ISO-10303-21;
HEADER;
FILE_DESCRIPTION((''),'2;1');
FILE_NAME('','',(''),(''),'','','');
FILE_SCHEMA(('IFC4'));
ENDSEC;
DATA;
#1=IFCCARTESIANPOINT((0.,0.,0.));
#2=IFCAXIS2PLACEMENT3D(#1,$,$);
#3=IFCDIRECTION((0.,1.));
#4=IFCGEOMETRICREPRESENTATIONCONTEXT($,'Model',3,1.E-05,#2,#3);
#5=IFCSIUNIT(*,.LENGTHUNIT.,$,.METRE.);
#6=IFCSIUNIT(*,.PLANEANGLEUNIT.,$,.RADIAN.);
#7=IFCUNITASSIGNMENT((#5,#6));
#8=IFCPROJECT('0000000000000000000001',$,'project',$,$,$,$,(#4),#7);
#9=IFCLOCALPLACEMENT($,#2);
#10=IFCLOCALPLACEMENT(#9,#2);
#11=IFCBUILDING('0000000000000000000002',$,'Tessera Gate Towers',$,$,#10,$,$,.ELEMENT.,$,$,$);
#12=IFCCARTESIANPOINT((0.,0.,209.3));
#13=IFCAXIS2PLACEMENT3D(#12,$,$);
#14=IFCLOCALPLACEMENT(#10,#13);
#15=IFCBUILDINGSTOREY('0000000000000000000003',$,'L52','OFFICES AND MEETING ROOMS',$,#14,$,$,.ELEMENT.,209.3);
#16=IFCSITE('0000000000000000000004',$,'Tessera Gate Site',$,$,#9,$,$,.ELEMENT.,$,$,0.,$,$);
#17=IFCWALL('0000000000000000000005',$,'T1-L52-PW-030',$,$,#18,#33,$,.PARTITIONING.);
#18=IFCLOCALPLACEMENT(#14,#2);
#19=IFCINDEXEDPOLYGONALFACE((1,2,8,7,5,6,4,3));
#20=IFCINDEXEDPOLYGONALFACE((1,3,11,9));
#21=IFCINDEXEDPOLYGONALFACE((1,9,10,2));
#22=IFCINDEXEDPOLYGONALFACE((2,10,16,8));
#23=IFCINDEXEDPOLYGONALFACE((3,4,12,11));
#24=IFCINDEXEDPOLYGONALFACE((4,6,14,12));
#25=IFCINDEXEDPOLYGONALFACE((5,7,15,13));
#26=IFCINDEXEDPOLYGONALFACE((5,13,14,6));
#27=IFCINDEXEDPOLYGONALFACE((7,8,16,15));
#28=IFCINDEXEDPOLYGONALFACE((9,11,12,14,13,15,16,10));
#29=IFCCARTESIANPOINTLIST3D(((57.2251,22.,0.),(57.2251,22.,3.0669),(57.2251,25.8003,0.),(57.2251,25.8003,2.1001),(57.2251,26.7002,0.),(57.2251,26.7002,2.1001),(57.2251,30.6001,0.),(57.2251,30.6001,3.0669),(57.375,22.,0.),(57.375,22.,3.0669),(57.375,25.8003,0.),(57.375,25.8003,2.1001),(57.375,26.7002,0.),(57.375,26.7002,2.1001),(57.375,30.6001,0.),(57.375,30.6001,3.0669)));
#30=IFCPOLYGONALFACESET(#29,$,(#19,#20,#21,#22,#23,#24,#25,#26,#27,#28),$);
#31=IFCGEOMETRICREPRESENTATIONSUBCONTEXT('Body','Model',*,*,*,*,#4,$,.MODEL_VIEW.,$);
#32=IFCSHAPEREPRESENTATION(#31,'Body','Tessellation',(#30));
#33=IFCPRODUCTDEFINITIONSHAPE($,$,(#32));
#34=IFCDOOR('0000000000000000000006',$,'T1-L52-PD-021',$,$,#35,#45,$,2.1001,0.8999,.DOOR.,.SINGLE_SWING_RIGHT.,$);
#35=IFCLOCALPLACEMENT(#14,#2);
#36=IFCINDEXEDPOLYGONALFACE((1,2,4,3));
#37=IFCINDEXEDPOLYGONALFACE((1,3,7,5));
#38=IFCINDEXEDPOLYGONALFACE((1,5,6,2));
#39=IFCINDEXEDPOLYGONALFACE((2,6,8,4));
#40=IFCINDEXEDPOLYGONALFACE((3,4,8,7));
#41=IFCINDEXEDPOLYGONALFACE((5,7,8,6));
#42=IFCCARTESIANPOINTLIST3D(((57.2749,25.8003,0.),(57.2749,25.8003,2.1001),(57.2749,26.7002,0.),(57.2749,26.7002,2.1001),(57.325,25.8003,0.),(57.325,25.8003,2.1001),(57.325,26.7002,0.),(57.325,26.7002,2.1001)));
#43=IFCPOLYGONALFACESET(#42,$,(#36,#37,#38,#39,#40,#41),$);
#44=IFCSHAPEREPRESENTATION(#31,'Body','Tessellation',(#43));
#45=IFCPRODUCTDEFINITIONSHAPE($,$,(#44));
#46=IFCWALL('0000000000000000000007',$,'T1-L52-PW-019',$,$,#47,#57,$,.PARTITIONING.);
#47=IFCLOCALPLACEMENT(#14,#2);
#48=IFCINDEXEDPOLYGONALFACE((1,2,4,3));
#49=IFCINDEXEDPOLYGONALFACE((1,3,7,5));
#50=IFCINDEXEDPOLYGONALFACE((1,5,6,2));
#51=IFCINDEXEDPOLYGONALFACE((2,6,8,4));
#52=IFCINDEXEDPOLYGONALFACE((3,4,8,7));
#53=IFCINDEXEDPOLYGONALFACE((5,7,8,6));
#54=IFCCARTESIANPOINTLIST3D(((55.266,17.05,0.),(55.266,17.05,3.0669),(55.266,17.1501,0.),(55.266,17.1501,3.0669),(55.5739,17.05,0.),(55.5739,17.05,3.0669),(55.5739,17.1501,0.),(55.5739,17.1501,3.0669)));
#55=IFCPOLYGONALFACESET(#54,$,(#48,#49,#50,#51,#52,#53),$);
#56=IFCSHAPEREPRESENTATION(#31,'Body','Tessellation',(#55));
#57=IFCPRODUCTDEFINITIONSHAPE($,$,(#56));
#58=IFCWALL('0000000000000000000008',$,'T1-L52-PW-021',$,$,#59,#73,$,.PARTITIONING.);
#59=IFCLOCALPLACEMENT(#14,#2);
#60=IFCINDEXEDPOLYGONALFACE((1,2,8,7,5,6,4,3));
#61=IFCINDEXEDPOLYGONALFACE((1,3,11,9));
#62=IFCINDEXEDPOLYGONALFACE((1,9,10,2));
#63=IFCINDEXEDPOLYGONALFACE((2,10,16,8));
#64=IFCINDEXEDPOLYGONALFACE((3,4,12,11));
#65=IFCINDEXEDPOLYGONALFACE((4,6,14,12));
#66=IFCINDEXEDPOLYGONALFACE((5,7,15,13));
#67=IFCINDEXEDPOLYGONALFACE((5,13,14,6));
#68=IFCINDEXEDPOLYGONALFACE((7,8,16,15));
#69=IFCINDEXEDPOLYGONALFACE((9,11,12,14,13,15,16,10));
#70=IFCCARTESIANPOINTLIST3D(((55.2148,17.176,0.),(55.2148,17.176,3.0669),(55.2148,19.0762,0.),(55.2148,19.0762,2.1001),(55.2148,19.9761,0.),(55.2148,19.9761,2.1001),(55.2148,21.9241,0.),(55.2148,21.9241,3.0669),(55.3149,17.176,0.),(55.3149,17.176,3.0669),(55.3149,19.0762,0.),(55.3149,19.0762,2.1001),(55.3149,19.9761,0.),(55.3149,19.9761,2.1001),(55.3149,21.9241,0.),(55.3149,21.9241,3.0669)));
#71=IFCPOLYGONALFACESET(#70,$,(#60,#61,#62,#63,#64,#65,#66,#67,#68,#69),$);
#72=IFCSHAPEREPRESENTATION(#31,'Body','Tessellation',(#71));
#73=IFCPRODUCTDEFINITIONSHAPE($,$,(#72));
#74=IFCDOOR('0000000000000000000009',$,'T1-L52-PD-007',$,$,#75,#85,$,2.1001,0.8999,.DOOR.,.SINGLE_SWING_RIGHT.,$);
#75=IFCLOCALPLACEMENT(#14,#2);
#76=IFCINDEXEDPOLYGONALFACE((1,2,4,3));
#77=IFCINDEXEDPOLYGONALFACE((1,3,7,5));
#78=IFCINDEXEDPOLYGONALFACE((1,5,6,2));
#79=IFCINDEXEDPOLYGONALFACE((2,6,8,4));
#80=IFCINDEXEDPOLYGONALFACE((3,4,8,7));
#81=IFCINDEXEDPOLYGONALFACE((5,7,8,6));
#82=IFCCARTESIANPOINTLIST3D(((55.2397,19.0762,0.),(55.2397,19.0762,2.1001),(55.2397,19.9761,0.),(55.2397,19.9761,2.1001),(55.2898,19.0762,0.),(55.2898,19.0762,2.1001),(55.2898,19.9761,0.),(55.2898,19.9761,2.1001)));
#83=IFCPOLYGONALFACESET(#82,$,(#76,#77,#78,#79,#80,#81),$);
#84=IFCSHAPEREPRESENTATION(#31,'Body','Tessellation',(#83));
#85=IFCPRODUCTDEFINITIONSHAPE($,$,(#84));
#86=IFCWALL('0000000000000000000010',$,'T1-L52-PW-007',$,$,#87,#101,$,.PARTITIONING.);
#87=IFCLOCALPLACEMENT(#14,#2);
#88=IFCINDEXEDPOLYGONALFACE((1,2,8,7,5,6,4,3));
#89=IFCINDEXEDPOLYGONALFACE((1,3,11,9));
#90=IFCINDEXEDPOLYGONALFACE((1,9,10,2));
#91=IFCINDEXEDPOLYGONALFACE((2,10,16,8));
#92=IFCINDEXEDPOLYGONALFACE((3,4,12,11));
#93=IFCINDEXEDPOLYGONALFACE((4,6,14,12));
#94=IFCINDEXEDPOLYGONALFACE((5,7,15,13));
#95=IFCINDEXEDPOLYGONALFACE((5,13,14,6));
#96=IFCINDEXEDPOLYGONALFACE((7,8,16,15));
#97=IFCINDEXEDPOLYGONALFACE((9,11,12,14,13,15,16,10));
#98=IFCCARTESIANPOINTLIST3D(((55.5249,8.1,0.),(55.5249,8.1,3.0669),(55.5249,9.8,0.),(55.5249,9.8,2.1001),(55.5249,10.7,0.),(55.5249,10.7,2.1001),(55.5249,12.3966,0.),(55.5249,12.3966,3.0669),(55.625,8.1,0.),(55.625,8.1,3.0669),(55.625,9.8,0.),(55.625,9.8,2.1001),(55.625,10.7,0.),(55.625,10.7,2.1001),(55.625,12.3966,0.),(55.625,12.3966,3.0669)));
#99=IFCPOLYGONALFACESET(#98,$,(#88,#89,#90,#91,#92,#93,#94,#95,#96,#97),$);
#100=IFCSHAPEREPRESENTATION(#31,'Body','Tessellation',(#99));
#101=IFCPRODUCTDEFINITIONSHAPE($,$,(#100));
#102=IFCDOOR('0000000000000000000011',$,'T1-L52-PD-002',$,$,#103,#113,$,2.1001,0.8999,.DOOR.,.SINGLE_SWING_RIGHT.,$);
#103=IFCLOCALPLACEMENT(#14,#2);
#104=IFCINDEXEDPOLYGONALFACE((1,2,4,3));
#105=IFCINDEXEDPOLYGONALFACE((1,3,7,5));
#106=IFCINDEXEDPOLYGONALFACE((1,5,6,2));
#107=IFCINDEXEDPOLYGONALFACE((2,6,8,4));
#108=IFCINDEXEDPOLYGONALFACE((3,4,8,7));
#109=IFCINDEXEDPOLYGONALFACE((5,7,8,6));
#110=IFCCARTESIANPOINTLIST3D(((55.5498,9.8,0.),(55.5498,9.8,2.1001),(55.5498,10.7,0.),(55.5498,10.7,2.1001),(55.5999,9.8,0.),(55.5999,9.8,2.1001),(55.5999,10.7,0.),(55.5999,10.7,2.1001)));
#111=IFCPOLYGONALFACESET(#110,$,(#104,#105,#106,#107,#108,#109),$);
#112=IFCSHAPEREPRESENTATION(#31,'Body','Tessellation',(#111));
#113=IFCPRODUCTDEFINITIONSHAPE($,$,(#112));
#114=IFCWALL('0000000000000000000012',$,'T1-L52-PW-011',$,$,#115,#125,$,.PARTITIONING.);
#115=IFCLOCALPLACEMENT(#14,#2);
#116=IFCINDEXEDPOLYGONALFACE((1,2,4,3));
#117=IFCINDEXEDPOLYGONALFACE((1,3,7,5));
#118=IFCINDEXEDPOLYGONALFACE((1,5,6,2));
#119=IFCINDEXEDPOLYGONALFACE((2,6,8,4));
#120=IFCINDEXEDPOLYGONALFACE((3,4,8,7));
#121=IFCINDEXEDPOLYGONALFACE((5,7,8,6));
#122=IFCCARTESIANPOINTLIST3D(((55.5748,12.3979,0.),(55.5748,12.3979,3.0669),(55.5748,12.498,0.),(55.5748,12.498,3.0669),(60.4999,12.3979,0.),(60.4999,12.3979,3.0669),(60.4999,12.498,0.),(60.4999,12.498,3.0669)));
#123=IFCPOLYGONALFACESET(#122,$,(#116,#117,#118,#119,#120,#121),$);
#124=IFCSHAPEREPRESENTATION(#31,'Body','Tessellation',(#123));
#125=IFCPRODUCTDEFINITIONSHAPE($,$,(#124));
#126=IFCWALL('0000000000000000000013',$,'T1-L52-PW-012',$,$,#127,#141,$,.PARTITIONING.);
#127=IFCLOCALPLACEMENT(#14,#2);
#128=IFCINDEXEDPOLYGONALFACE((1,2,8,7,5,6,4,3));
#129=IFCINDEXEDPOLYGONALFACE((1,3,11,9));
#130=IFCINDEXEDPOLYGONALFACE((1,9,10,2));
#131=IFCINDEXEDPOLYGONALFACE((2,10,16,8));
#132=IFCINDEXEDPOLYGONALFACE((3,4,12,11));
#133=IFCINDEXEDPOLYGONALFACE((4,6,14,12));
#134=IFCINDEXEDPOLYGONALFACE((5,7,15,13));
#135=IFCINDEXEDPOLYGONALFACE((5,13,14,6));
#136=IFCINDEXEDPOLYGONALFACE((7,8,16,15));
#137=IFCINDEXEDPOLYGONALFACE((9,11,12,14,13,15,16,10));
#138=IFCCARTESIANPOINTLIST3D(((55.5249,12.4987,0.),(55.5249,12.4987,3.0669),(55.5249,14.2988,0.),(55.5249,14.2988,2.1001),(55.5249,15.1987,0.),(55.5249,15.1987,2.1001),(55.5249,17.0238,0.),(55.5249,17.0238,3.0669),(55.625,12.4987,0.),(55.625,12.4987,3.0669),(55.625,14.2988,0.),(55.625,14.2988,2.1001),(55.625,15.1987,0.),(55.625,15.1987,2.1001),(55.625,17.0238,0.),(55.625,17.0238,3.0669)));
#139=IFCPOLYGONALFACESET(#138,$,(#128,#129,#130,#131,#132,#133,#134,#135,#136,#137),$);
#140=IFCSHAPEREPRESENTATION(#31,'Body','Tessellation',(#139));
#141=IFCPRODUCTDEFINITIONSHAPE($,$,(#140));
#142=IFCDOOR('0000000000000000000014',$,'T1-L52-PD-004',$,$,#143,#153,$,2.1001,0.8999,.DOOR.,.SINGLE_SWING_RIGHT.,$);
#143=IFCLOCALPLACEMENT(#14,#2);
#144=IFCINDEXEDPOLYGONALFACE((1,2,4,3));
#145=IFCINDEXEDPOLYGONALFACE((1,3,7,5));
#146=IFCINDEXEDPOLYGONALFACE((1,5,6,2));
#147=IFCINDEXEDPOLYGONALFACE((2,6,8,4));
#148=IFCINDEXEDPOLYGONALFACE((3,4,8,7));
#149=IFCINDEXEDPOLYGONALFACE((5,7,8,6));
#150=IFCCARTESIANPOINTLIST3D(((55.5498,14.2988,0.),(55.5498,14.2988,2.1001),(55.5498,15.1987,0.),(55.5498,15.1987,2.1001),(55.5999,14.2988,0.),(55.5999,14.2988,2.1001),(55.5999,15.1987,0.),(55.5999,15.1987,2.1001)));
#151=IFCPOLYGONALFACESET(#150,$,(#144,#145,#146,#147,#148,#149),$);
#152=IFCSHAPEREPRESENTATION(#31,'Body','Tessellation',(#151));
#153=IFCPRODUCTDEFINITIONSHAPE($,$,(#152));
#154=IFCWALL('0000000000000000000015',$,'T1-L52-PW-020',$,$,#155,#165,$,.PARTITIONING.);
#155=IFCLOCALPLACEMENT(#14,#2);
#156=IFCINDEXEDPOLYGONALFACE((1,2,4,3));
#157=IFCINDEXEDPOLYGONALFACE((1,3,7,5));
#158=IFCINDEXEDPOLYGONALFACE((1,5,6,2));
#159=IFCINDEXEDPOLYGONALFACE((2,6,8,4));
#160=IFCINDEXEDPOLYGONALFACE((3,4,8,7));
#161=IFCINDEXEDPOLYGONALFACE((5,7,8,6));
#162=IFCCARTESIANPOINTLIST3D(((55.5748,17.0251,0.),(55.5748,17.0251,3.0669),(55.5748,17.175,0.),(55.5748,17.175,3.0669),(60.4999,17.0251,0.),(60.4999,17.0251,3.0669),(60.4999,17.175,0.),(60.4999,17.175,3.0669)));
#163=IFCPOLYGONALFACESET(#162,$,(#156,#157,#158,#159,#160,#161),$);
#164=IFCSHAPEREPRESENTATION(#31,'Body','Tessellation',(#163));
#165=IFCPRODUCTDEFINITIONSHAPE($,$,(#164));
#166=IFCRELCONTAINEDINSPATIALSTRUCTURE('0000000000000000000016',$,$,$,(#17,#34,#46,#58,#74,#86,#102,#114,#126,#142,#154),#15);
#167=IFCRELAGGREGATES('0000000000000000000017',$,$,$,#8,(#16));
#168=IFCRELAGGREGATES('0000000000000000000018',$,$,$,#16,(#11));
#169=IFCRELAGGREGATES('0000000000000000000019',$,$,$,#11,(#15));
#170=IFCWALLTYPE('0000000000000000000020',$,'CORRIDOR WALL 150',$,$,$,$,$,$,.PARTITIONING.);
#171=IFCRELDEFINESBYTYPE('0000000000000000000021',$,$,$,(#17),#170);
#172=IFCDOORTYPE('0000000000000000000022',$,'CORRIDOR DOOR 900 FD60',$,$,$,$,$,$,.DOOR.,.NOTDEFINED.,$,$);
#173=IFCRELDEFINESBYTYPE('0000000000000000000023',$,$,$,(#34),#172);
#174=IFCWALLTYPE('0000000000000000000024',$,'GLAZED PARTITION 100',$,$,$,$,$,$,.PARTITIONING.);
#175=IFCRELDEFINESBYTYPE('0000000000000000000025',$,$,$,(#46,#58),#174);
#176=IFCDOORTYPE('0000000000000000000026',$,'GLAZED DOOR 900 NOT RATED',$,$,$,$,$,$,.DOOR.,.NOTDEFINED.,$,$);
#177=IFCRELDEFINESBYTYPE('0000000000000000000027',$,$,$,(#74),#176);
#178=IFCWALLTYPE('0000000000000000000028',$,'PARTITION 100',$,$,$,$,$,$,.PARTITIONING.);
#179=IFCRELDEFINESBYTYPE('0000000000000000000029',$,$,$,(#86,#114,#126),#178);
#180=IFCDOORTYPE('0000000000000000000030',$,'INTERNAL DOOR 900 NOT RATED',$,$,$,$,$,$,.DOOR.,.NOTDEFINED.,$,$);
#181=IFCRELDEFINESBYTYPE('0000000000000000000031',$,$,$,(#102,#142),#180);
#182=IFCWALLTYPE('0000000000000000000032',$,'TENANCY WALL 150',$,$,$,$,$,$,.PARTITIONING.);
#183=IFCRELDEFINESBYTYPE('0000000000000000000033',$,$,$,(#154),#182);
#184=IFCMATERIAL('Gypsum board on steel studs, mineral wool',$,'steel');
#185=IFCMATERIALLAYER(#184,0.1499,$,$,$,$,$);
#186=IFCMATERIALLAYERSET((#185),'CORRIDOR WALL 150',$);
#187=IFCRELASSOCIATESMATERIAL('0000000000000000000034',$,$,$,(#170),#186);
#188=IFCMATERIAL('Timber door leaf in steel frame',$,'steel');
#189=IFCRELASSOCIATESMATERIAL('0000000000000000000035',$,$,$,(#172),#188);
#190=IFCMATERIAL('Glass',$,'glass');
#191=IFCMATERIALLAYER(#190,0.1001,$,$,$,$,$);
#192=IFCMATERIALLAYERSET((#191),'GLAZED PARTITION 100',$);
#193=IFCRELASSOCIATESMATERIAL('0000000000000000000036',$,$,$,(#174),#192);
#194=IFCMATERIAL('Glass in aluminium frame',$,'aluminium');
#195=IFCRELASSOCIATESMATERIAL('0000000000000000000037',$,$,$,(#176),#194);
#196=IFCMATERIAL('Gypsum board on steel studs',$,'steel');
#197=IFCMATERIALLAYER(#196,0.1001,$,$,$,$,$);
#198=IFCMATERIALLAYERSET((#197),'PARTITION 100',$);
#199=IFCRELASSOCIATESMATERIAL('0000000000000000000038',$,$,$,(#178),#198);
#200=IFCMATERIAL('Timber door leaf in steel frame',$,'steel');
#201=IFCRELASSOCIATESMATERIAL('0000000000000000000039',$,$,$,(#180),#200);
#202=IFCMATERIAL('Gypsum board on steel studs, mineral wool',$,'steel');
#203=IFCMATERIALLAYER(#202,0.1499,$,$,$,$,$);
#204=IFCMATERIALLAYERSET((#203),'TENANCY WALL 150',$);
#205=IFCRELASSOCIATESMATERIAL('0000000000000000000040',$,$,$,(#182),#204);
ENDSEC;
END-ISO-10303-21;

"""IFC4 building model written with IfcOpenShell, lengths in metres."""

from ifc_helpers import new_model, si_unit, direction, frame, frame_2d, origin, place, context, subcontext, project, spatial, rectangle, extrude, source, transform, mapped, material, layer, layer_set, type_object, element, fill, save


model = new_model("IFC4")

# Units and contexts
model_context = context("Model", 3, precision=1e-05, world=origin(), true_north=direction((0.0, 1.0)))
body_context = subcontext(model_context, "Body", "Model", "MODEL_VIEW")
ifc_project = project(units=[si_unit("LENGTHUNIT", "METRE"), si_unit("PLANEANGLEUNIT", "RADIAN")], contexts=[model_context])

# Site, building, storey
site_placement = place(None, origin())
site = spatial("IfcSite", under=ifc_project, at=site_placement, Name="Tessera Gate Site", CompositionType="ELEMENT", RefElevation=0.0)
building_placement = place(site_placement, origin())
building = spatial("IfcBuilding", under=site, at=building_placement, Name="Tessera Gate Towers", CompositionType="ELEMENT")
storey_placement = place(building_placement, frame((0.0, 0.0, 209.3)))
storey = spatial("IfcBuildingStorey", under=building, at=storey_placement, Name="L52", Description="OFFICES AND MEETING ROOMS", CompositionType="ELEMENT", Elevation=209.3)

# Wall, opening, door
ifc_material_1 = material(Name="Gypsum board on steel studs, mineral wool", Category="steel")
ifc_layer_1 = layer(ifc_material_1, 0.1499)
ifc_layer_set_1 = layer_set([ifc_layer_1], Name="CORRIDOR WALL 150")
wall_type_1 = type_object("IfcWallType", Name="CORRIDOR WALL 150", PredefinedType="PARTITIONING", material=ifc_layer_set_1)
wall_1_placement = place(storey_placement, frame((57.3, 30.6001, 0.0), z_axis=(0.0, 0.0, 1.0), x_axis=(0.0, -1.0, 0.0)))
wall_1 = element("IfcWall", 1, at=wall_1_placement, inside=storey, type_object=wall_type_1, Name="T1-L52-PW-030", PredefinedType="PARTITIONING", context=body_context, shape_type="SweptSolid", body=[
    extrude(rectangle(XDim=8.6001, YDim=0.1499, at=frame_2d((4.3, 0.0))), origin(), (0.0, 0.0, 1.0), 3.0669),
])
shared_shape_1 = source(origin(), body_context, "Body", "SweptSolid", [
    extrude(rectangle(XDim=0.8999, YDim=2.1001, at=frame_2d((0.45, 1.05))), frame((0.0, 0.085, 0.0), z_axis=(0.0, -1.0, 0.0), x_axis=(1.0, 0.0, 0.0)), (0.0, 0.0, 1.0), 0.1699),
])
opening_1_placement = place(wall_1_placement, frame((3.8999, 0.0, 0.0)))
opening_1 = element("IfcOpeningElement", 2, at=opening_1_placement, cuts=wall_1, PredefinedType="OPENING", context=body_context, shape_type="MappedRepresentation", body=[
    mapped(shared_shape_1, transform((0.0, 0.0, 0.0), scale=1.0)),
])
ifc_material_2 = material(Name="Timber door leaf in steel frame", Category="steel")
door_type_1 = type_object("IfcDoorType", Name="CORRIDOR DOOR 900 FD60", OperationType="NOTDEFINED", PredefinedType="DOOR", material=ifc_material_2)
shared_shape_2 = source(origin(), body_context, "Body", "SweptSolid", [
    extrude(rectangle(XDim=0.8999, YDim=2.1001, at=frame_2d((0.45, 1.05))), frame((0.0, 0.0249, 0.0), z_axis=(0.0, -1.0, 0.0), x_axis=(1.0, 0.0, 0.0)), (0.0, 0.0, 1.0), 0.05),
])
door_1_placement = place(opening_1_placement, origin())
door_1 = element("IfcDoor", 3, at=door_1_placement, inside=storey, type_object=door_type_1, Name="T1-L52-PD-021", OperationType="SINGLE_SWING_RIGHT", OverallHeight=2.1001, OverallWidth=0.8999, PredefinedType="DOOR", context=body_context, shape_type="MappedRepresentation", body=[
    mapped(shared_shape_2, transform((0.0, 0.0, 0.0), scale=1.0)),
])
fill(opening_1, door_1)

# Wall
ifc_material_3 = material(Name="Glass", Category="glass")
ifc_layer_2 = layer(ifc_material_3, 0.1001)
ifc_layer_set_2 = layer_set([ifc_layer_2], Name="GLAZED PARTITION 100")
wall_type_2 = type_object("IfcWallType", Name="GLAZED PARTITION 100", PredefinedType="PARTITIONING", material=ifc_layer_set_2)
wall_2_placement = place(storey_placement, frame((55.2661, 17.1001, 0.0), z_axis=(0.0, 0.0, 1.0), x_axis=(1.0, 0.0, 0.0)))
element("IfcWall", 4, at=wall_2_placement, inside=storey, type_object=wall_type_2, Name="T1-L52-PW-019", PredefinedType="PARTITIONING", context=body_context, shape_type="SweptSolid", body=[
    extrude(rectangle(XDim=0.3079, YDim=0.1001, at=frame_2d((0.1538, 0.0))), origin(), (0.0, 0.0, 1.0), 3.0669),
])

# Walls, openings, doors
wall_3_placement = place(storey_placement, frame((55.2649, 21.9241, 0.0), z_axis=(0.0, 0.0, 1.0), x_axis=(0.0, -1.0, 0.0)))
wall_3 = element("IfcWall", 5, at=wall_3_placement, inside=storey, type_object=wall_type_2, Name="T1-L52-PW-021", PredefinedType="PARTITIONING", context=body_context, shape_type="SweptSolid", body=[
    extrude(rectangle(XDim=4.748, YDim=0.1001, at=frame_2d((2.374, 0.0))), origin(), (0.0, 0.0, 1.0), 3.0669),
])
shared_shape_3 = source(origin(), body_context, "Body", "SweptSolid", [
    extrude(rectangle(XDim=0.8999, YDim=2.1001, at=frame_2d((0.45, 1.05))), frame((0.0, 0.0601, 0.0), z_axis=(0.0, -1.0, 0.0), x_axis=(1.0, 0.0, 0.0)), (0.0, 0.0, 1.0), 0.1201),
])
opening_2_placement = place(wall_3_placement, frame((1.948, 0.0, 0.0)))
opening_2 = element("IfcOpeningElement", 6, at=opening_2_placement, cuts=wall_3, PredefinedType="OPENING", context=body_context, shape_type="MappedRepresentation", body=[
    mapped(shared_shape_3, transform((0.0, 0.0, 0.0), scale=1.0)),
])
ifc_material_4 = material(Name="Glass in aluminium frame", Category="aluminium")
door_type_2 = type_object("IfcDoorType", Name="GLAZED DOOR 900 NOT RATED", OperationType="NOTDEFINED", PredefinedType="DOOR", material=ifc_material_4)
door_2_placement = place(opening_2_placement, origin())
door_2 = element("IfcDoor", 7, at=door_2_placement, inside=storey, type_object=door_type_2, Name="T1-L52-PD-007", OperationType="SINGLE_SWING_RIGHT", OverallHeight=2.1001, OverallWidth=0.8999, PredefinedType="DOOR", context=body_context, shape_type="MappedRepresentation", body=[
    mapped(shared_shape_2, transform((0.0, 0.0, 0.0), scale=1.0)),
])
fill(opening_2, door_2)
ifc_material_5 = material(Name="Gypsum board on steel studs", Category="steel")
ifc_layer_3 = layer(ifc_material_5, 0.1001)
ifc_layer_set_3 = layer_set([ifc_layer_3], Name="PARTITION 100")
wall_type_3 = type_object("IfcWallType", Name="PARTITION 100", PredefinedType="PARTITIONING", material=ifc_layer_set_3)
wall_4_placement = place(storey_placement, frame((55.575, 12.3967, 0.0), z_axis=(0.0, 0.0, 1.0), x_axis=(0.0, -1.0, 0.0)))
wall_4 = element("IfcWall", 8, at=wall_4_placement, inside=storey, type_object=wall_type_3, Name="T1-L52-PW-007", PredefinedType="PARTITIONING", context=body_context, shape_type="SweptSolid", body=[
    extrude(rectangle(XDim=4.2966, YDim=0.1001, at=frame_2d((2.1484, 0.0))), origin(), (0.0, 0.0, 1.0), 3.0669),
])
opening_3_placement = place(wall_4_placement, frame((1.6968, 0.0, 0.0)))
opening_3 = element("IfcOpeningElement", 9, at=opening_3_placement, cuts=wall_4, PredefinedType="OPENING", context=body_context, shape_type="MappedRepresentation", body=[
    mapped(shared_shape_3, transform((0.0, 0.0, 0.0), scale=1.0)),
])
ifc_material_6 = material(Name="Timber door leaf in steel frame", Category="steel")
door_type_3 = type_object("IfcDoorType", Name="INTERNAL DOOR 900 NOT RATED", OperationType="NOTDEFINED", PredefinedType="DOOR", material=ifc_material_6)
door_3_placement = place(opening_3_placement, origin())
door_3 = element("IfcDoor", 10, at=door_3_placement, inside=storey, type_object=door_type_3, Name="T1-L52-PD-002", OperationType="SINGLE_SWING_RIGHT", OverallHeight=2.1001, OverallWidth=0.8999, PredefinedType="DOOR", context=body_context, shape_type="MappedRepresentation", body=[
    mapped(shared_shape_2, transform((0.0, 0.0, 0.0), scale=1.0)),
])
fill(opening_3, door_3)

# Wall
wall_5_placement = place(storey_placement, frame((55.575, 12.448, 0.0), z_axis=(0.0, 0.0, 1.0), x_axis=(1.0, 0.0, 0.0)))
element("IfcWall", 11, at=wall_5_placement, inside=storey, type_object=wall_type_3, Name="T1-L52-PW-011", PredefinedType="PARTITIONING", context=body_context, shape_type="SweptSolid", body=[
    extrude(rectangle(XDim=4.925, YDim=0.1001, at=frame_2d((2.4624, 0.0))), origin(), (0.0, 0.0, 1.0), 3.0669),
])

# Wall, opening, door
wall_6_placement = place(storey_placement, frame((55.575, 17.0239, 0.0), z_axis=(0.0, 0.0, 1.0), x_axis=(0.0, -1.0, 0.0)))
wall_6 = element("IfcWall", 12, at=wall_6_placement, inside=storey, type_object=wall_type_3, Name="T1-L52-PW-012", PredefinedType="PARTITIONING", context=body_context, shape_type="SweptSolid", body=[
    extrude(rectangle(XDim=4.5251, YDim=0.1001, at=frame_2d((2.2627, 0.0))), origin(), (0.0, 0.0, 1.0), 3.0669),
])
opening_4_placement = place(wall_6_placement, frame((1.8252, 0.0, 0.0)))
opening_4 = element("IfcOpeningElement", 13, at=opening_4_placement, cuts=wall_6, PredefinedType="OPENING", context=body_context, shape_type="MappedRepresentation", body=[
    mapped(shared_shape_3, transform((0.0, 0.0, 0.0), scale=1.0)),
])
door_4_placement = place(opening_4_placement, origin())
door_4 = element("IfcDoor", 14, at=door_4_placement, inside=storey, type_object=door_type_3, Name="T1-L52-PD-004", OperationType="SINGLE_SWING_RIGHT", OverallHeight=2.1001, OverallWidth=0.8999, PredefinedType="DOOR", context=body_context, shape_type="MappedRepresentation", body=[
    mapped(shared_shape_2, transform((0.0, 0.0, 0.0), scale=1.0)),
])
fill(opening_4, door_4)

# Wall
ifc_material_7 = material(Name="Gypsum board on steel studs, mineral wool", Category="steel")
ifc_layer_4 = layer(ifc_material_7, 0.1499)
ifc_layer_set_4 = layer_set([ifc_layer_4], Name="TENANCY WALL 150")
wall_type_4 = type_object("IfcWallType", Name="TENANCY WALL 150", PredefinedType="PARTITIONING", material=ifc_layer_set_4)
wall_7_placement = place(storey_placement, frame((55.575, 17.1001, 0.0), z_axis=(0.0, 0.0, 1.0), x_axis=(1.0, 0.0, 0.0)))
element("IfcWall", 15, at=wall_7_placement, inside=storey, type_object=wall_type_4, Name="T1-L52-PW-020", PredefinedType="PARTITIONING", context=body_context, shape_type="SweptSolid", body=[
    extrude(rectangle(XDim=4.925, YDim=0.1499, at=frame_2d((2.4624, 0.0))), origin(), (0.0, 0.0, 1.0), 3.0669),
])

save(model, "model.ifc")
